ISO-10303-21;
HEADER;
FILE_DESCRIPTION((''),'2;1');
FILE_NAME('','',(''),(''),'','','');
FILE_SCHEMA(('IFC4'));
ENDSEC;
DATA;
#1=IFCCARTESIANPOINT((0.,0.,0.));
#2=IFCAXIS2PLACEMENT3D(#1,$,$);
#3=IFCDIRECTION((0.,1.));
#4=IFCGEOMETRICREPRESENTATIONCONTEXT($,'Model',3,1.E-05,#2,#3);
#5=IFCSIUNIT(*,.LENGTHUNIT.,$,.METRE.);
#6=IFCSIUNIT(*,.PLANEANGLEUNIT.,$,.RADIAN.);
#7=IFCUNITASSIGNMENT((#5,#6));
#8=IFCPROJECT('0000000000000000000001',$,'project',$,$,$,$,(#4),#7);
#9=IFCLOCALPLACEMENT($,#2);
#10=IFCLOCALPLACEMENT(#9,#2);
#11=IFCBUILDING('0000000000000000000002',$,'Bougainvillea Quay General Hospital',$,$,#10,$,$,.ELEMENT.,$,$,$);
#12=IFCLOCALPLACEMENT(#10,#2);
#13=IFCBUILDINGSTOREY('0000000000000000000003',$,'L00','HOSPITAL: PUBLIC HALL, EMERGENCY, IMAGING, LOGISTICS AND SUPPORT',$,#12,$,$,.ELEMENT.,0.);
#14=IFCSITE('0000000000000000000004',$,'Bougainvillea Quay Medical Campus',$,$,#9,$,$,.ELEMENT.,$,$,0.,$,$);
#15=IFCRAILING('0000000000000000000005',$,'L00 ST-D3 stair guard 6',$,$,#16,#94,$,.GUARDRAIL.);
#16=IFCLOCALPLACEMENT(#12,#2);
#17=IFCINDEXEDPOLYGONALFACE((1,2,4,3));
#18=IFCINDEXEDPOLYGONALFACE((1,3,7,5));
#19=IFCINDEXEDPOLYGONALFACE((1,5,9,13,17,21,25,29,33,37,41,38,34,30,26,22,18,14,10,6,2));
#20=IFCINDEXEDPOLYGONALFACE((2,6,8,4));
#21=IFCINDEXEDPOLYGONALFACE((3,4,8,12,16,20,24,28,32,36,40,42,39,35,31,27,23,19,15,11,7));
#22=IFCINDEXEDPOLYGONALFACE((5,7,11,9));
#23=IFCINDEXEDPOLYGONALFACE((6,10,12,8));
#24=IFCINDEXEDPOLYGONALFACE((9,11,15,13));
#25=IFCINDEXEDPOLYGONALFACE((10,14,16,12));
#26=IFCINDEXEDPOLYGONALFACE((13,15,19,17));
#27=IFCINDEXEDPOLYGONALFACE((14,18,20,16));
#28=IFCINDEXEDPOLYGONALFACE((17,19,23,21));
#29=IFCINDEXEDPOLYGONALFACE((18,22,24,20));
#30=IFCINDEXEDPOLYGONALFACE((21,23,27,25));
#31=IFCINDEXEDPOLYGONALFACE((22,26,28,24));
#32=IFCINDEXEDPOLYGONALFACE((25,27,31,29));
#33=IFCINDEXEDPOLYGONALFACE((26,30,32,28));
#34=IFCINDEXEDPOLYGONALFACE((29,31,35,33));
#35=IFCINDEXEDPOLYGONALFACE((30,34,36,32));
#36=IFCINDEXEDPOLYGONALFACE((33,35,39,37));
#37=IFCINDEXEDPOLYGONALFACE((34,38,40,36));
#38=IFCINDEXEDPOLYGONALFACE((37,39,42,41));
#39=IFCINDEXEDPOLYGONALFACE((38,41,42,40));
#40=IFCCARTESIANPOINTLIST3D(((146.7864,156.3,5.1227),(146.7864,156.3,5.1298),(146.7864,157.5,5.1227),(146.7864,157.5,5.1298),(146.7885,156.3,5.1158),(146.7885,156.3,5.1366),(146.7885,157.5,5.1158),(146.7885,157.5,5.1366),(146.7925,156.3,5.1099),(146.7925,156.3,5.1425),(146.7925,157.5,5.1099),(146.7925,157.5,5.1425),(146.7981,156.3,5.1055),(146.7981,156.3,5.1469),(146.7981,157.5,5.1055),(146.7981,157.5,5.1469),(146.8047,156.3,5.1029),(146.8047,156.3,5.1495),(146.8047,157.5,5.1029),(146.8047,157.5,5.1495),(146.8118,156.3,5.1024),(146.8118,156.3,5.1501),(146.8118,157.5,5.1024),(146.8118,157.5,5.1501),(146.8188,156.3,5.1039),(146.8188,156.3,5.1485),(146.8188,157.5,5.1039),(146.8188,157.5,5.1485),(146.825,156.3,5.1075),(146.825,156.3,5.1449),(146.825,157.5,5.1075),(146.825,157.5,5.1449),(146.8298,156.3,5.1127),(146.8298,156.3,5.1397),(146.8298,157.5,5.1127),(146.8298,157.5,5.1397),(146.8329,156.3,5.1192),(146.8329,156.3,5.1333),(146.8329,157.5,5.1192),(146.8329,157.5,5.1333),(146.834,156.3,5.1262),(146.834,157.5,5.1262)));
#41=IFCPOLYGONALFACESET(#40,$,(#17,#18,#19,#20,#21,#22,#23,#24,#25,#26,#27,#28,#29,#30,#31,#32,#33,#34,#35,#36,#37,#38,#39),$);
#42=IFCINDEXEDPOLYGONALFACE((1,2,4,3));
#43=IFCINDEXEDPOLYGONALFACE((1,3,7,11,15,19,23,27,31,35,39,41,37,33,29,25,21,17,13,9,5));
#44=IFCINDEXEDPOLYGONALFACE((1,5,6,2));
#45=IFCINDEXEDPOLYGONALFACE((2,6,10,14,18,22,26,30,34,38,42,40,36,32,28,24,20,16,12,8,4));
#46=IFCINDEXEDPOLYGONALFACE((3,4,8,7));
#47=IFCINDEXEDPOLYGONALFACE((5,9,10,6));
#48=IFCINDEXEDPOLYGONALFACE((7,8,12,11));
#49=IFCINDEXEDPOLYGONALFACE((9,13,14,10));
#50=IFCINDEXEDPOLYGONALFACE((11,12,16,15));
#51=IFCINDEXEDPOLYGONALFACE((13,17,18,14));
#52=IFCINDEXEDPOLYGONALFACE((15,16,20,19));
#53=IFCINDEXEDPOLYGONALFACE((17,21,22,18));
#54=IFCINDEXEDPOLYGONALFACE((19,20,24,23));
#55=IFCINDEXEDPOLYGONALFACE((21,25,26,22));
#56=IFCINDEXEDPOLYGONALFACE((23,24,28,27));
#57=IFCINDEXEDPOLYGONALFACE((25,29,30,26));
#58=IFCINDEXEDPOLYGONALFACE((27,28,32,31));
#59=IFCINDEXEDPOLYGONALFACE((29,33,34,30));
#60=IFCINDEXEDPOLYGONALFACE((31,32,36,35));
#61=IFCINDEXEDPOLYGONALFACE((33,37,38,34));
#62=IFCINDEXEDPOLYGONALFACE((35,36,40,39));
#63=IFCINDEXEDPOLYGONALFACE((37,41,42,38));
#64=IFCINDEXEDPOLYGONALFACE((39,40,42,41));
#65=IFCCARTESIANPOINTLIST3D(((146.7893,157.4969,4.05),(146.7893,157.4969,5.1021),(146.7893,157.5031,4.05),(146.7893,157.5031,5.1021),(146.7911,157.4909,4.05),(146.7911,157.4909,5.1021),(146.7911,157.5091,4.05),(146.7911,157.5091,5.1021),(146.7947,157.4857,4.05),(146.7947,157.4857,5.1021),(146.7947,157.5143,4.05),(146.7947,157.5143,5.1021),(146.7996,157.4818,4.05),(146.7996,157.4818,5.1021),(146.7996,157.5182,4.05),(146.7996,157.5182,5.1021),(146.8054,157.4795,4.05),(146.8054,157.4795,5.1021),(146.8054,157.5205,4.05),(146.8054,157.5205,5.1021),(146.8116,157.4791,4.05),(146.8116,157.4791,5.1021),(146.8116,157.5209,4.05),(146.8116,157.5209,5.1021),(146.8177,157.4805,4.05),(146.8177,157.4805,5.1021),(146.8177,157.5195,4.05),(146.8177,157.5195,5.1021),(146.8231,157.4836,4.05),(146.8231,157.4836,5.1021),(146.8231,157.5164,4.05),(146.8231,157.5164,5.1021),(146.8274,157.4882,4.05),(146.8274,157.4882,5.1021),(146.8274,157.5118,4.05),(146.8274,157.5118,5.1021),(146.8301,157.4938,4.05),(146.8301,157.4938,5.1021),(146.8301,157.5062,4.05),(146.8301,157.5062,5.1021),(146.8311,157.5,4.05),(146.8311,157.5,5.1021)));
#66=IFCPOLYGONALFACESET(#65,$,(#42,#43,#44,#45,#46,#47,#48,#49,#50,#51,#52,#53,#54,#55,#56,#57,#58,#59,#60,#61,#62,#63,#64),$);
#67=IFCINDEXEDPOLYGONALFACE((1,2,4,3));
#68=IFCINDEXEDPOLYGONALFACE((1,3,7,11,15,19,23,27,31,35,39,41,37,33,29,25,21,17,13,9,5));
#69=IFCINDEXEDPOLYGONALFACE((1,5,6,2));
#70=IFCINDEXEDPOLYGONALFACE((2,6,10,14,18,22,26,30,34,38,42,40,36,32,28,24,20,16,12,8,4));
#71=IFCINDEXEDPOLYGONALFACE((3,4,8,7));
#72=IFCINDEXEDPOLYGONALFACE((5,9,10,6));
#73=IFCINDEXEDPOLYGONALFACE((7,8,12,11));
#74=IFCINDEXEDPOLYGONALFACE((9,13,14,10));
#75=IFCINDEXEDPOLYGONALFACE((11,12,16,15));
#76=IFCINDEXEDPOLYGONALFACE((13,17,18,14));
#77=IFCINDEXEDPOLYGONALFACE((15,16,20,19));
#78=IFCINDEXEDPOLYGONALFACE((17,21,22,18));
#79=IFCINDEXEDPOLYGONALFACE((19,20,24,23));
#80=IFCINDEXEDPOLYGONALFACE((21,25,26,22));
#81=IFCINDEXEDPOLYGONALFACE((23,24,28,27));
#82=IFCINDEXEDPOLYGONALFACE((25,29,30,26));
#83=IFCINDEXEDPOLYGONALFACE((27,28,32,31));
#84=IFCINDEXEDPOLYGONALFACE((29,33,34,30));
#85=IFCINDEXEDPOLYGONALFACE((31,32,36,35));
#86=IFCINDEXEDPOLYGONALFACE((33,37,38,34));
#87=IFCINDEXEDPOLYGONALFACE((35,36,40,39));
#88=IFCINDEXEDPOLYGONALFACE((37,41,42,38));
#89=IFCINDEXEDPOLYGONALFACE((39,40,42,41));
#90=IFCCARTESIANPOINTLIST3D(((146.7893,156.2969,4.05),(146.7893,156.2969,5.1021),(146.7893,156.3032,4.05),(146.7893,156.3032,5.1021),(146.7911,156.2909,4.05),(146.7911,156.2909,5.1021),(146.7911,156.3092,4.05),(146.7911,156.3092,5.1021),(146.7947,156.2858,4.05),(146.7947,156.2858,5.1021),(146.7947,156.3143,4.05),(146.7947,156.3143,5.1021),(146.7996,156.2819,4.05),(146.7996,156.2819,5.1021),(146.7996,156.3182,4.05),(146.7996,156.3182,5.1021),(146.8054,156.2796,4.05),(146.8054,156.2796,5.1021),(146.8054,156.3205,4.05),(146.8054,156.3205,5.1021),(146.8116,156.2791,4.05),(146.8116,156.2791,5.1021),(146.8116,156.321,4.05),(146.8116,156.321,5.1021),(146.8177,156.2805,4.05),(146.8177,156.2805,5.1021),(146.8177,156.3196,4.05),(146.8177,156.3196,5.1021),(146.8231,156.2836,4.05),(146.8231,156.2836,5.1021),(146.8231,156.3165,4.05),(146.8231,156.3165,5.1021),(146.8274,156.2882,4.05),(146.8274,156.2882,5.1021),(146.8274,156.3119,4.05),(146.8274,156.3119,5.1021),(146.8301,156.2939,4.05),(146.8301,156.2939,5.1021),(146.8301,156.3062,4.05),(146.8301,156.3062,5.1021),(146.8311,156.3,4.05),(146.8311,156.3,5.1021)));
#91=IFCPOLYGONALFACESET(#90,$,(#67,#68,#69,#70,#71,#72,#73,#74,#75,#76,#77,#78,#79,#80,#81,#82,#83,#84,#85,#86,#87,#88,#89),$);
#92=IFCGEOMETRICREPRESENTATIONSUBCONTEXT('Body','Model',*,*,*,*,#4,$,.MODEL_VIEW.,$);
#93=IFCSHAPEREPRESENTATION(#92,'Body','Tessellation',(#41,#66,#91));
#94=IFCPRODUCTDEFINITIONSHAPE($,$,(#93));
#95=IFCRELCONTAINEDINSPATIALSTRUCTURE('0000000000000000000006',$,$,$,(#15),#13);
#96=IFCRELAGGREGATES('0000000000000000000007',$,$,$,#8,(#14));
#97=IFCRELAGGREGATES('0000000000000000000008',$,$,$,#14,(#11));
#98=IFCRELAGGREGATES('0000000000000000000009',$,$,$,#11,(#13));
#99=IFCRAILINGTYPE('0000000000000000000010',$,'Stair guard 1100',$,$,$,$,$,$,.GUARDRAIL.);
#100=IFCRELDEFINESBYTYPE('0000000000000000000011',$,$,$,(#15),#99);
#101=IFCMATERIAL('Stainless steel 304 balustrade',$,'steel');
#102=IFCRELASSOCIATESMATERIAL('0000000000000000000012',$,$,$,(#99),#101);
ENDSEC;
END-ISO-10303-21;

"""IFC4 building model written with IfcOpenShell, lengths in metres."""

from ifc_helpers import new_model, si_unit, direction, frame, origin, origin_2d, place, context, subcontext, project, spatial, circle, extrude, material, type_object, element, save


model = new_model("IFC4")

# Units and contexts
model_context = context("Model", 3, precision=1e-05, world=origin(), true_north=direction((0.0, 1.0)))
body_context = subcontext(model_context, "Body", "Model", "MODEL_VIEW")
ifc_project = project(units=[si_unit("LENGTHUNIT", "METRE"), si_unit("PLANEANGLEUNIT", "RADIAN")], contexts=[model_context])

# Site, building, storey
site_placement = place(None, origin())
site = spatial("IfcSite", under=ifc_project, at=site_placement, Name="Bougainvillea Quay Medical Campus", CompositionType="ELEMENT", RefElevation=0.0)
building_placement = place(site_placement, origin())
building = spatial("IfcBuilding", under=site, at=building_placement, Name="Bougainvillea Quay General Hospital", CompositionType="ELEMENT")
storey_placement = place(building_placement, origin())
storey = spatial("IfcBuildingStorey", under=building, at=storey_placement, Name="L00", Description="HOSPITAL: PUBLIC HALL, EMERGENCY, IMAGING, LOGISTICS AND SUPPORT", CompositionType="ELEMENT", Elevation=0.0)

# Railing
ifc_material_1 = material(Name="Stainless steel 304 balustrade", Category="steel")
railing_type_1 = type_object("IfcRailingType", Name="Stair guard 1100", PredefinedType="GUARDRAIL", material=ifc_material_1)
railing_1_placement = place(storey_placement, frame((146.8101, 157.5, 4.05)))
element("IfcRailing", 1, at=railing_1_placement, inside=storey, type_object=railing_type_1, Name="L00 ST-D3 stair guard 6", PredefinedType="GUARDRAIL", context=body_context, shape_type="SweptSolid", body=[
    extrude(circle(Radius=0.0239, at=origin_2d()), frame((0.0, 0.0, 1.0762), z_axis=(0.0, -1.0, 0.0), x_axis=(1.0, 0.0, 0.0)), (0.0, 0.0, 1.0), 1.2),
    extrude(circle(Radius=0.021, at=origin_2d()), origin(), (0.0, 0.0, 1.0), 1.052),
    extrude(circle(Radius=0.021, at=origin_2d()), frame((0.0, -1.2, 0.0)), (0.0, 0.0, 1.0), 1.052),
])

save(model, "model.ifc")
